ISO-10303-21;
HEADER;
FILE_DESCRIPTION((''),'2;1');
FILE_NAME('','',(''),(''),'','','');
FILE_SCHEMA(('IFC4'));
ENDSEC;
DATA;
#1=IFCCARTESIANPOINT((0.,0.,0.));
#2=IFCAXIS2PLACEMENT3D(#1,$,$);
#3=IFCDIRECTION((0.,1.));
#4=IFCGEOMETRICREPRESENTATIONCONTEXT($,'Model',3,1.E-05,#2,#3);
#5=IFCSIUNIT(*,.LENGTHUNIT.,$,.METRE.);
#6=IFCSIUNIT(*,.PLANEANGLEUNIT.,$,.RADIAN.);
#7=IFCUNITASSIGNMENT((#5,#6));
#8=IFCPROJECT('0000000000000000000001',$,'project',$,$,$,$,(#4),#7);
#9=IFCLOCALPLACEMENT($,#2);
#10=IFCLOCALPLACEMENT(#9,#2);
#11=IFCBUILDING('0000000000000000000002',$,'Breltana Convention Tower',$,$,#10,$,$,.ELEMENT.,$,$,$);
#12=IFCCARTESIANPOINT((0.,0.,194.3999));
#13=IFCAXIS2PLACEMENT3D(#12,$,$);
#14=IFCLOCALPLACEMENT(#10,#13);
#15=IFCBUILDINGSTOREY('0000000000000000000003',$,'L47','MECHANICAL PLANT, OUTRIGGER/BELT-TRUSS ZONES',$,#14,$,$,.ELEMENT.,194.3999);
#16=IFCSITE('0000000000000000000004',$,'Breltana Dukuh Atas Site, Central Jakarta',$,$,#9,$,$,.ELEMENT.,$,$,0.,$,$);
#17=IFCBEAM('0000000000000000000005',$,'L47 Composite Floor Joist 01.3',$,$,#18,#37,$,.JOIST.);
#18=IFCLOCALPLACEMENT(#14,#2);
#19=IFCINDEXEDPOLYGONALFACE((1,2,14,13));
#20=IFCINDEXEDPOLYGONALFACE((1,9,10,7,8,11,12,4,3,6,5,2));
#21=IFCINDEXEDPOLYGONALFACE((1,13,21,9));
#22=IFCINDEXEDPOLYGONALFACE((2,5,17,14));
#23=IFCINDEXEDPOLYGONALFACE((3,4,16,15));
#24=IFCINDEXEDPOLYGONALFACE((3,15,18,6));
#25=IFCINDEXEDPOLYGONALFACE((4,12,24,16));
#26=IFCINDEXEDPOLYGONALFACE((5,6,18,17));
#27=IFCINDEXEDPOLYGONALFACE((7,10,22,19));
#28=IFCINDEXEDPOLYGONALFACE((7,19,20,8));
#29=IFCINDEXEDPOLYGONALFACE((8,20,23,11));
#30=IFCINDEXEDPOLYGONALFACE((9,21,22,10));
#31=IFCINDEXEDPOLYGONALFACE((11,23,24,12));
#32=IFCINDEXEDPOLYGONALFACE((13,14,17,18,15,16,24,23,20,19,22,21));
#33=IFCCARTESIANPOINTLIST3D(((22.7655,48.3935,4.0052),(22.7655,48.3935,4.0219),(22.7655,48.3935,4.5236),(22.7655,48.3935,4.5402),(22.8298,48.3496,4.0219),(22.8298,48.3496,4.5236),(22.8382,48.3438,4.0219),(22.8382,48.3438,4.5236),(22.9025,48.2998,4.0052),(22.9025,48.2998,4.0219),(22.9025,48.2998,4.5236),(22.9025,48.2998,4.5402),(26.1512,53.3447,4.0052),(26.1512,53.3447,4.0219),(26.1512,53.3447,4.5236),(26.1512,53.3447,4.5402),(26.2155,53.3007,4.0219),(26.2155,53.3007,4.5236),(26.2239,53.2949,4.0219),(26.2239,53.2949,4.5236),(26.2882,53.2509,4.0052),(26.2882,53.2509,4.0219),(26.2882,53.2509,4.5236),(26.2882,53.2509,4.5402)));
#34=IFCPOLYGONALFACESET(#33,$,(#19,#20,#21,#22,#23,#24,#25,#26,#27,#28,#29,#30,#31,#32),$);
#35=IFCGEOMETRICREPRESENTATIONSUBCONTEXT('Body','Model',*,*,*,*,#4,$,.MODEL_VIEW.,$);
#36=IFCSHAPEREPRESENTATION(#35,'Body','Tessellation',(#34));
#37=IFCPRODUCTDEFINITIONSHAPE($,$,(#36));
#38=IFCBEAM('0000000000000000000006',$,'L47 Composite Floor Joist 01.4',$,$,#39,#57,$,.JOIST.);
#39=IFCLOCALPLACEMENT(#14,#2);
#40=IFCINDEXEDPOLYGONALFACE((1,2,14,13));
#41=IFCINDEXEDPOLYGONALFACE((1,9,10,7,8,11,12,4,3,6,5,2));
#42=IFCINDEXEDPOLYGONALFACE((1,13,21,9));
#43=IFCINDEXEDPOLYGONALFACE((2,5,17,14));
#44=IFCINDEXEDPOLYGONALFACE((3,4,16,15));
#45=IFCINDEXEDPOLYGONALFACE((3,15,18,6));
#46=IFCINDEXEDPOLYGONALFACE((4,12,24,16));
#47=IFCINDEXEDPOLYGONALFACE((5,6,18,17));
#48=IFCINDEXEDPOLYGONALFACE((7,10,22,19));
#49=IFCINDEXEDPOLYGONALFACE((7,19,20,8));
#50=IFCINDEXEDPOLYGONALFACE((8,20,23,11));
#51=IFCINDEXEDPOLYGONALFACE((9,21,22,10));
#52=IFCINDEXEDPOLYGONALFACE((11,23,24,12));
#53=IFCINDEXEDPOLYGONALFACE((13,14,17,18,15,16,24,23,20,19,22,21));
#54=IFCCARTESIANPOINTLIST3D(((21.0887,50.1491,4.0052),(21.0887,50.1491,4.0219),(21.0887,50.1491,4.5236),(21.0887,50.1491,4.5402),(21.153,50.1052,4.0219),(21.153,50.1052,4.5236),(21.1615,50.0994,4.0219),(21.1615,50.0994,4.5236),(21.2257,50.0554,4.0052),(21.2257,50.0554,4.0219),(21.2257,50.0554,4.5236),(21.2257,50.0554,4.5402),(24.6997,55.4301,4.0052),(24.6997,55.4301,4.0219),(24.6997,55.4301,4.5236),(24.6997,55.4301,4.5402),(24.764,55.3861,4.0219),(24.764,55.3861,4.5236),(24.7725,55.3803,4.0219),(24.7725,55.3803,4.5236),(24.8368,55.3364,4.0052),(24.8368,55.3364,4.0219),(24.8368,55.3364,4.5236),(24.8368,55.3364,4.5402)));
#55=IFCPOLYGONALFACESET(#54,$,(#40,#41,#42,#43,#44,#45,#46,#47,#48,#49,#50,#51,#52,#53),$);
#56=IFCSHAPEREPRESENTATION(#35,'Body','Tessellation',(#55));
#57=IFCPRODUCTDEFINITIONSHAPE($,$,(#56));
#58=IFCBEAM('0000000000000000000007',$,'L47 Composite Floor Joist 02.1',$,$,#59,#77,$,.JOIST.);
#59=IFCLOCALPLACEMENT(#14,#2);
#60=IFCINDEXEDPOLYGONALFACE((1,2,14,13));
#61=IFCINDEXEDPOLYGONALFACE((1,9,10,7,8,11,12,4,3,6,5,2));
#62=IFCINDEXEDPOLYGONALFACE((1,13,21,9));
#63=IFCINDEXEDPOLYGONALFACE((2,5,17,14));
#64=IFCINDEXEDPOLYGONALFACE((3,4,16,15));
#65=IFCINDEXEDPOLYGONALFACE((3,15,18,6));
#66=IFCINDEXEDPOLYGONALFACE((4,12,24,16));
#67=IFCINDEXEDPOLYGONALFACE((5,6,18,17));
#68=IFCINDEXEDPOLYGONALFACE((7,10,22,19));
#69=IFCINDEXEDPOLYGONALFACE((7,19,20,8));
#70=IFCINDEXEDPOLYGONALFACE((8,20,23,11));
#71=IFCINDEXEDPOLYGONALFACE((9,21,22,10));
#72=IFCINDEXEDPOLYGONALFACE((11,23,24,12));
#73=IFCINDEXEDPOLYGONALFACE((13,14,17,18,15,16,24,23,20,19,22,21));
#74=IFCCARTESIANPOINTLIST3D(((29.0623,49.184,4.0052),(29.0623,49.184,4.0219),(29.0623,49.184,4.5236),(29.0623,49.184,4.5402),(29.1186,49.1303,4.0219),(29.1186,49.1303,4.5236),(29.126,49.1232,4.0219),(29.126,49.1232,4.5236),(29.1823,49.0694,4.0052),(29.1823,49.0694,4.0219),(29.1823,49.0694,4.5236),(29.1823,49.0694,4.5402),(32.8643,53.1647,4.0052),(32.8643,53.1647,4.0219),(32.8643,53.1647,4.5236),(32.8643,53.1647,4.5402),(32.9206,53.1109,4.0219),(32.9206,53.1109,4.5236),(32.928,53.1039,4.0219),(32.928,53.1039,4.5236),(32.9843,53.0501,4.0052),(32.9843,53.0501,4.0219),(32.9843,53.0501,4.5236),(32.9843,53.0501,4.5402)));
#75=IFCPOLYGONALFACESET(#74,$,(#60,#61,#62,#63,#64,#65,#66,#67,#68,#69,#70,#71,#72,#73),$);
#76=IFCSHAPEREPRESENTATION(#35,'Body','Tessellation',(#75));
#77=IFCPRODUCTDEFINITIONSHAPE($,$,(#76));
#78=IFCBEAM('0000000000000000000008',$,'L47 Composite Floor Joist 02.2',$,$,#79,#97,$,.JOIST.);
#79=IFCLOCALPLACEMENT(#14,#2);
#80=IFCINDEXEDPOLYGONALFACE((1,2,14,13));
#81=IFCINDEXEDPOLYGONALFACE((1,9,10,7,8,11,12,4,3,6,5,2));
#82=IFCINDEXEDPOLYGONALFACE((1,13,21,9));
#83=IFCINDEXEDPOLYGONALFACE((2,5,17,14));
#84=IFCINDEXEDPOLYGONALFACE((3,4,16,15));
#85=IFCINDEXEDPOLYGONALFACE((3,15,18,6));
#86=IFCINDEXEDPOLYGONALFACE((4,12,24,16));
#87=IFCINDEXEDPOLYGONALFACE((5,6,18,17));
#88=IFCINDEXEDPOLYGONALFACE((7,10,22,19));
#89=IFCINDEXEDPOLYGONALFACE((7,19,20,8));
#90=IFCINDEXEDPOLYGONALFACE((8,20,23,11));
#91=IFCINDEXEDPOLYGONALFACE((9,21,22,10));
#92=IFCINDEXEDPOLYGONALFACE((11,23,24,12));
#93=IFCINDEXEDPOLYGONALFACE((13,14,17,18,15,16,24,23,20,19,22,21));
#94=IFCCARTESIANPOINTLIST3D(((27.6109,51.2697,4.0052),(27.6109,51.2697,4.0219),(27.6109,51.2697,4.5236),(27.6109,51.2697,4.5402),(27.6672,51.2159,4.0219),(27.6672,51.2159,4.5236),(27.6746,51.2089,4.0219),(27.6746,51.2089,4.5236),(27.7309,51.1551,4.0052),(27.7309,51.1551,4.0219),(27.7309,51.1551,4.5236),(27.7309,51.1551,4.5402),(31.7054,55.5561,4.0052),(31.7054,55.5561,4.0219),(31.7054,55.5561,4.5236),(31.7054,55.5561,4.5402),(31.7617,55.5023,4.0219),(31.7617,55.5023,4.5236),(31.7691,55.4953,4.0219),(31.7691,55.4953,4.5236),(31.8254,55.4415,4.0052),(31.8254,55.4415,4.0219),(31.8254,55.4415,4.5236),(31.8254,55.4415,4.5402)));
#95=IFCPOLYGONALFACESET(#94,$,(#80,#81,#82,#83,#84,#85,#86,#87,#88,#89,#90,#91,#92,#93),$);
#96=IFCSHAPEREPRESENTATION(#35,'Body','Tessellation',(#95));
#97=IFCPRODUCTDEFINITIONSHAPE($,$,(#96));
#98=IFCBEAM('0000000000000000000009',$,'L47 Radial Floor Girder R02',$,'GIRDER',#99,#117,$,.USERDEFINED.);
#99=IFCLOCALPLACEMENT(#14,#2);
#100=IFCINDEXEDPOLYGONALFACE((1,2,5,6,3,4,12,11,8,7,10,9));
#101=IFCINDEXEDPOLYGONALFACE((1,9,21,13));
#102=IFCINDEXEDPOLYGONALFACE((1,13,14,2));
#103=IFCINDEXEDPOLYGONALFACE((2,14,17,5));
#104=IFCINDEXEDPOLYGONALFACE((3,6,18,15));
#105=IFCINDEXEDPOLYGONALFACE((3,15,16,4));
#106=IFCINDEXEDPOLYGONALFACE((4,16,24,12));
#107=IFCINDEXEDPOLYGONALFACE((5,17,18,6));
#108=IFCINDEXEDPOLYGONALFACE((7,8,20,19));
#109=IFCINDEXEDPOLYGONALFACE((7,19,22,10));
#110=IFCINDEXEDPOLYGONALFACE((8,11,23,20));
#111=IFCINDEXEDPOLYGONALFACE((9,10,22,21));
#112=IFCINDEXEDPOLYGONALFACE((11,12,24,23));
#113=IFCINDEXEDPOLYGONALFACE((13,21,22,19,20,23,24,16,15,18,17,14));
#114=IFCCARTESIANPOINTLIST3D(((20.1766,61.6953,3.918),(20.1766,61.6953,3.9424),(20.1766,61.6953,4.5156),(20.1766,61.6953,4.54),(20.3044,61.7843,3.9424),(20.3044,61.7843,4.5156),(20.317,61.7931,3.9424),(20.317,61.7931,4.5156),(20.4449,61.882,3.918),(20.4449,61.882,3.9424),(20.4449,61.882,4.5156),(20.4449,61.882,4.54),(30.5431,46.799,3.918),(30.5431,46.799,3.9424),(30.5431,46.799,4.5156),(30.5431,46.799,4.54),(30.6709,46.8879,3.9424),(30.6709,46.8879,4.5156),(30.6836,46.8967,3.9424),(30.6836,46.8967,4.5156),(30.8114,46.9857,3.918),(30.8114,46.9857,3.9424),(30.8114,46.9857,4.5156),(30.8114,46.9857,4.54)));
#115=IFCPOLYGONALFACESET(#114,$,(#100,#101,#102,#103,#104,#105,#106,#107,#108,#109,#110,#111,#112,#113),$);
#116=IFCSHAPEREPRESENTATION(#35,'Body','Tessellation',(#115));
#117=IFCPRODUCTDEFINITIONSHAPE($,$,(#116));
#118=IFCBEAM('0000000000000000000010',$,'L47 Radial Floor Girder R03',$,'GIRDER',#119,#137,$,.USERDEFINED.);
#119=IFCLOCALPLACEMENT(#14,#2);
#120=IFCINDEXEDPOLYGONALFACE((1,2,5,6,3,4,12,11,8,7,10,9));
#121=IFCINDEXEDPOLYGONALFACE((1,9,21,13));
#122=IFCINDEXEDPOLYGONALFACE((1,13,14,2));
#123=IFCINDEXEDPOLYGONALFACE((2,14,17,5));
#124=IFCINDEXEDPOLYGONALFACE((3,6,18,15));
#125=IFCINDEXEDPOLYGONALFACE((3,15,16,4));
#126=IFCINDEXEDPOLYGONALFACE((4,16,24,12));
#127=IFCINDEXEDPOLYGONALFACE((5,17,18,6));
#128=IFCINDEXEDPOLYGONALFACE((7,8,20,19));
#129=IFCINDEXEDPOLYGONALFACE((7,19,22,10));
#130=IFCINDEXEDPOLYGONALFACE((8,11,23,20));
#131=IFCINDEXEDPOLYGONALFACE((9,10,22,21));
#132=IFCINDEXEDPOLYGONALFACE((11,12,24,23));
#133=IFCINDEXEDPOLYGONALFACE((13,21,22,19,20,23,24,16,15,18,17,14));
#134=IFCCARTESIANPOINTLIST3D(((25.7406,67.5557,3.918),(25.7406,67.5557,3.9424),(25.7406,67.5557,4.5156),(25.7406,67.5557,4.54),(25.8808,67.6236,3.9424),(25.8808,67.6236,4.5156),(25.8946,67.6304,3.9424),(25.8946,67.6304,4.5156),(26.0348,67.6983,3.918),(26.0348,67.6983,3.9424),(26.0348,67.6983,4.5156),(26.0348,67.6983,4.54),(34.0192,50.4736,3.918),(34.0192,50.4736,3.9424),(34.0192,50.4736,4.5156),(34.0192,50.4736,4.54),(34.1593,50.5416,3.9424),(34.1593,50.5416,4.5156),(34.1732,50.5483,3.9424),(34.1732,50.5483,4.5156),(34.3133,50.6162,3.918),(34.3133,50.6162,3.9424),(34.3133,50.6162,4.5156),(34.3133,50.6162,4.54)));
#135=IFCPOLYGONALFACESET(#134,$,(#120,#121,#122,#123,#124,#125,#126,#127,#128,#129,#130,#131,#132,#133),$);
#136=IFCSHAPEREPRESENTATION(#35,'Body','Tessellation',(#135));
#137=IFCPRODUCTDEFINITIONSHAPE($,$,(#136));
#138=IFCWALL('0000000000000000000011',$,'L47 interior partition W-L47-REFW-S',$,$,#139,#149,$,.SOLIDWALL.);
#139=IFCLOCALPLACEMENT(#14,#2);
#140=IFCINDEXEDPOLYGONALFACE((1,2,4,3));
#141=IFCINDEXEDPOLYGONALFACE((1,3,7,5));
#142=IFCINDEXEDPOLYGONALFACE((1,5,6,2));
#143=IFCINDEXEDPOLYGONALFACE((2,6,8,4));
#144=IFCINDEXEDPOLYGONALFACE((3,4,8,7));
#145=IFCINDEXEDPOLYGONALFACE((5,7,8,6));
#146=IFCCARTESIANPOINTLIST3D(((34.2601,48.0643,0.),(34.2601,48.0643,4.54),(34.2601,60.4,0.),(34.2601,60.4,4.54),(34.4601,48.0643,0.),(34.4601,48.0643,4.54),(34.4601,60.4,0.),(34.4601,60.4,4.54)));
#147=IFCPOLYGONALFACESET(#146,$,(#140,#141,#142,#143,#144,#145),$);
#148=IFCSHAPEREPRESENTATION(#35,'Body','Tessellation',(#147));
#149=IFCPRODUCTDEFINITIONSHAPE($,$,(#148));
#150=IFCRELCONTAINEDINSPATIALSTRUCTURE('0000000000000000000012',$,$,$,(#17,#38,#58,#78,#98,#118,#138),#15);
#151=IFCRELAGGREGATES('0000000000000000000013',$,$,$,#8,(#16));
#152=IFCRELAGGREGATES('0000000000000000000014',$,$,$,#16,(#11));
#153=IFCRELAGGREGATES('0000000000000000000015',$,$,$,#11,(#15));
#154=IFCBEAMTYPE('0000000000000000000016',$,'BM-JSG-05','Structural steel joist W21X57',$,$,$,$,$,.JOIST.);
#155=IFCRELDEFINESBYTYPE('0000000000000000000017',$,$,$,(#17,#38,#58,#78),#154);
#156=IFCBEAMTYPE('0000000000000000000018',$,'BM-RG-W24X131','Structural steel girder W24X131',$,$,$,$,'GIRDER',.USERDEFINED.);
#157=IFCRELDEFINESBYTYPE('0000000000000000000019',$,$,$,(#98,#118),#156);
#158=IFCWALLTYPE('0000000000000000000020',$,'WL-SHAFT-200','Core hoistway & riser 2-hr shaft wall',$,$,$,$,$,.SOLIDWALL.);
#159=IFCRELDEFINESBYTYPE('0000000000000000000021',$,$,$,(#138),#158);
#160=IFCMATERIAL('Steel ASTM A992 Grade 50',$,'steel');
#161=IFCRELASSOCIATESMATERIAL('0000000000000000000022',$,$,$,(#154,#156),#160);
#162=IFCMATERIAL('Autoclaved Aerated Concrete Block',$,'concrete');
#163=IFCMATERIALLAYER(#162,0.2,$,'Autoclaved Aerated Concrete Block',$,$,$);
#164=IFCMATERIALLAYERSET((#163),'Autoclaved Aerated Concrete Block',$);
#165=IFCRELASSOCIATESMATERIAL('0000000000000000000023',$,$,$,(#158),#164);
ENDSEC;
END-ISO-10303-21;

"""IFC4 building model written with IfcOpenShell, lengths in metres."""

from ifc_helpers import new_model, si_unit, direction, frame, frame_2d, origin, origin_2d, place, context, subcontext, project, spatial, rectangle, i_section, extrude, source, transform, mapped, material, layer, layer_set, material_profile, profile_set, type_object, element, save


model = new_model("IFC4")

# Units and contexts
model_context = context("Model", 3, precision=1e-05, world=origin(), true_north=direction((0.0, 1.0)))
body_context = subcontext(model_context, "Body", "Model", "MODEL_VIEW")
ifc_project = project(units=[si_unit("LENGTHUNIT", "METRE"), si_unit("PLANEANGLEUNIT", "RADIAN")], contexts=[model_context])

# Site, building, storey
site_placement = place(None, origin())
site = spatial("IfcSite", under=ifc_project, at=site_placement, Name="Breltana Dukuh Atas Site, Central Jakarta", CompositionType="ELEMENT", RefElevation=0.0)
building_placement = place(site_placement, origin())
building = spatial("IfcBuilding", under=site, at=building_placement, Name="Breltana Convention Tower", CompositionType="ELEMENT")
storey_placement = place(building_placement, frame((0.0, 0.0, 194.3999)))
storey = spatial("IfcBuildingStorey", under=building, at=storey_placement, Name="L47", Description="MECHANICAL PLANT, OUTRIGGER/BELT-TRUSS ZONES", CompositionType="ELEMENT", Elevation=194.3999)

# Beams
ifc_material_1 = material(Name="Steel ASTM A992 Grade 50", Category="steel")
ifc_material_profile_1 = material_profile(ifc_material_1, i_section(OverallWidth=0.166, OverallDepth=0.5349, WebThickness=0.0103, FlangeThickness=0.0166, at=origin_2d()), Name="W21X57")
ifc_profile_set_1 = profile_set([ifc_material_profile_1], Name="Steel ASTM A992 Grade 50")
beam_type_1 = type_object("IfcBeamType", Name="BM-JSG-05", Description="Structural steel joist W21X57", PredefinedType="JOIST", material=ifc_profile_set_1)
shared_shape_1 = source(origin(), body_context, "Body", "SweptSolid", [
    extrude(i_section(OverallWidth=0.166, OverallDepth=0.5349, WebThickness=0.0103, FlangeThickness=0.0166, at=origin_2d()), origin(), (0.0, 0.0, 1.0), 5.998),
])
beam_1_placement = place(storey_placement, frame((22.834, 48.3467, 4.2727), z_axis=(0.564468, 0.825455, 0.0), x_axis=(-0.825455, 0.564468, 0.0)))
element("IfcBeam", 1, at=beam_1_placement, inside=storey, type_object=beam_type_1, Name="L47 Composite Floor Joist 01.3", PredefinedType="JOIST", context=body_context, shape_type="MappedRepresentation", body=[
    mapped(shared_shape_1, transform((0.0, 0.0, 0.0), scale=1.0)),
])
shared_shape_2 = source(origin(), body_context, "Body", "SweptSolid", [
    extrude(i_section(OverallWidth=0.166, OverallDepth=0.5349, WebThickness=0.0103, FlangeThickness=0.0166, at=origin_2d()), origin(), (0.0, 0.0, 1.0), 6.3975),
])
beam_2_placement = place(storey_placement, frame((21.1572, 50.1023, 4.2727), z_axis=(0.564446, 0.82547, 0.0), x_axis=(-0.82547, 0.564446, 0.0)))
element("IfcBeam", 2, at=beam_2_placement, inside=storey, type_object=beam_type_1, Name="L47 Composite Floor Joist 01.4", PredefinedType="JOIST", context=body_context, shape_type="MappedRepresentation", body=[
    mapped(shared_shape_2, transform((0.0, 0.0, 0.0), scale=1.0)),
])
shared_shape_3 = source(origin(), body_context, "Body", "SweptSolid", [
    extrude(i_section(OverallWidth=0.166, OverallDepth=0.5349, WebThickness=0.0103, FlangeThickness=0.0166, at=origin_2d()), origin(), (0.0, 0.0, 1.0), 5.5046),
])
beam_3_placement = place(storey_placement, frame((29.1223, 49.1267, 4.2727), z_axis=(0.690688, 0.723153, 0.0), x_axis=(-0.723153, 0.690688, 0.0)))
element("IfcBeam", 3, at=beam_3_placement, inside=storey, type_object=beam_type_1, Name="L47 Composite Floor Joist 02.1", PredefinedType="JOIST", context=body_context, shape_type="MappedRepresentation", body=[
    mapped(shared_shape_3, transform((0.0, 0.0, 0.0), scale=1.0)),
])
shared_shape_4 = source(origin(), body_context, "Body", "SweptSolid", [
    extrude(i_section(OverallWidth=0.166, OverallDepth=0.5349, WebThickness=0.0103, FlangeThickness=0.0166, at=origin_2d()), origin(), (0.0, 0.0, 1.0), 5.9277),
])
beam_4_placement = place(storey_placement, frame((27.6709, 51.2124, 4.2727), z_axis=(0.690735, 0.723108, 0.0), x_axis=(-0.723108, 0.690735, 0.0)))
element("IfcBeam", 4, at=beam_4_placement, inside=storey, type_object=beam_type_1, Name="L47 Composite Floor Joist 02.2", PredefinedType="JOIST", context=body_context, shape_type="MappedRepresentation", body=[
    mapped(shared_shape_4, transform((0.0, 0.0, 0.0), scale=1.0)),
])
ifc_material_profile_2 = material_profile(ifc_material_1, i_section(OverallWidth=0.3269, OverallDepth=0.6221, WebThickness=0.0154, FlangeThickness=0.0244, at=origin_2d()), Name="W24X131")
ifc_profile_set_2 = profile_set([ifc_material_profile_2], Name="Steel ASTM A992 Grade 50")
beam_type_2 = type_object("IfcBeamType", Name="BM-RG-W24X131", Description="Structural steel girder W24X131", ElementType="GIRDER", PredefinedType="USERDEFINED", material=ifc_profile_set_2)
shared_shape_5 = source(origin(), body_context, "Body", "SweptSolid", [
    extrude(i_section(OverallWidth=0.3269, OverallDepth=0.6221, WebThickness=0.0154, FlangeThickness=0.0244, at=origin_2d()), origin(), (0.0, 0.0, 1.0), 18.1484),
])
beam_5_placement = place(storey_placement, frame((30.6772, 46.8923, 4.229), z_axis=(-0.571208, 0.820806, 0.0), x_axis=(-0.820806, -0.571208, 0.0)))
element("IfcBeam", 5, at=beam_5_placement, inside=storey, type_object=beam_type_2, Name="L47 Radial Floor Girder R02", ObjectType="GIRDER", PredefinedType="USERDEFINED", context=body_context, shape_type="MappedRepresentation", body=[
    mapped(shared_shape_5, transform((0.0, 0.0, 0.0), scale=1.0)),
])
shared_shape_6 = source(origin(), body_context, "Body", "SweptSolid", [
    extrude(i_section(OverallWidth=0.3269, OverallDepth=0.6221, WebThickness=0.0154, FlangeThickness=0.0244, at=origin_2d()), origin(), (0.0, 0.0, 1.0), 18.9824),
])
beam_6_placement = place(storey_placement, frame((34.1663, 50.5449, 4.229), z_axis=(-0.436119, 0.899889, 0.0), x_axis=(-0.899889, -0.436119, 0.0)))
element("IfcBeam", 6, at=beam_6_placement, inside=storey, type_object=beam_type_2, Name="L47 Radial Floor Girder R03", ObjectType="GIRDER", PredefinedType="USERDEFINED", context=body_context, shape_type="MappedRepresentation", body=[
    mapped(shared_shape_6, transform((0.0, 0.0, 0.0), scale=1.0)),
])

# Wall
ifc_material_2 = material(Name="Autoclaved Aerated Concrete Block", Category="concrete")
ifc_layer = layer(ifc_material_2, 0.2, Name="Autoclaved Aerated Concrete Block")
ifc_layer_set = layer_set([ifc_layer], Name="Autoclaved Aerated Concrete Block")
wall_type = type_object("IfcWallType", Name="WL-SHAFT-200", Description="Core hoistway & riser 2-hr shaft wall", PredefinedType="SOLIDWALL", material=ifc_layer_set)
shared_shape_7 = source(origin(), body_context, "Body", "SweptSolid", [
    extrude(rectangle(XDim=12.3357, YDim=0.2, at=frame_2d((6.168, 0.0))), origin(), (0.0, 0.0, 1.0), 4.54),
])
wall_placement = place(storey_placement, frame((34.3601, 48.0642, 0.0), z_axis=(0.0, 0.0, 1.0), x_axis=(0.0, 1.0, 0.0)))
element("IfcWall", 7, at=wall_placement, inside=storey, type_object=wall_type, Name="L47 interior partition W-L47-REFW-S", PredefinedType="SOLIDWALL", context=body_context, shape_type="MappedRepresentation", body=[
    mapped(shared_shape_7, transform((0.0, 0.0, 0.0), scale=1.0)),
])

save(model, "model.ifc")
